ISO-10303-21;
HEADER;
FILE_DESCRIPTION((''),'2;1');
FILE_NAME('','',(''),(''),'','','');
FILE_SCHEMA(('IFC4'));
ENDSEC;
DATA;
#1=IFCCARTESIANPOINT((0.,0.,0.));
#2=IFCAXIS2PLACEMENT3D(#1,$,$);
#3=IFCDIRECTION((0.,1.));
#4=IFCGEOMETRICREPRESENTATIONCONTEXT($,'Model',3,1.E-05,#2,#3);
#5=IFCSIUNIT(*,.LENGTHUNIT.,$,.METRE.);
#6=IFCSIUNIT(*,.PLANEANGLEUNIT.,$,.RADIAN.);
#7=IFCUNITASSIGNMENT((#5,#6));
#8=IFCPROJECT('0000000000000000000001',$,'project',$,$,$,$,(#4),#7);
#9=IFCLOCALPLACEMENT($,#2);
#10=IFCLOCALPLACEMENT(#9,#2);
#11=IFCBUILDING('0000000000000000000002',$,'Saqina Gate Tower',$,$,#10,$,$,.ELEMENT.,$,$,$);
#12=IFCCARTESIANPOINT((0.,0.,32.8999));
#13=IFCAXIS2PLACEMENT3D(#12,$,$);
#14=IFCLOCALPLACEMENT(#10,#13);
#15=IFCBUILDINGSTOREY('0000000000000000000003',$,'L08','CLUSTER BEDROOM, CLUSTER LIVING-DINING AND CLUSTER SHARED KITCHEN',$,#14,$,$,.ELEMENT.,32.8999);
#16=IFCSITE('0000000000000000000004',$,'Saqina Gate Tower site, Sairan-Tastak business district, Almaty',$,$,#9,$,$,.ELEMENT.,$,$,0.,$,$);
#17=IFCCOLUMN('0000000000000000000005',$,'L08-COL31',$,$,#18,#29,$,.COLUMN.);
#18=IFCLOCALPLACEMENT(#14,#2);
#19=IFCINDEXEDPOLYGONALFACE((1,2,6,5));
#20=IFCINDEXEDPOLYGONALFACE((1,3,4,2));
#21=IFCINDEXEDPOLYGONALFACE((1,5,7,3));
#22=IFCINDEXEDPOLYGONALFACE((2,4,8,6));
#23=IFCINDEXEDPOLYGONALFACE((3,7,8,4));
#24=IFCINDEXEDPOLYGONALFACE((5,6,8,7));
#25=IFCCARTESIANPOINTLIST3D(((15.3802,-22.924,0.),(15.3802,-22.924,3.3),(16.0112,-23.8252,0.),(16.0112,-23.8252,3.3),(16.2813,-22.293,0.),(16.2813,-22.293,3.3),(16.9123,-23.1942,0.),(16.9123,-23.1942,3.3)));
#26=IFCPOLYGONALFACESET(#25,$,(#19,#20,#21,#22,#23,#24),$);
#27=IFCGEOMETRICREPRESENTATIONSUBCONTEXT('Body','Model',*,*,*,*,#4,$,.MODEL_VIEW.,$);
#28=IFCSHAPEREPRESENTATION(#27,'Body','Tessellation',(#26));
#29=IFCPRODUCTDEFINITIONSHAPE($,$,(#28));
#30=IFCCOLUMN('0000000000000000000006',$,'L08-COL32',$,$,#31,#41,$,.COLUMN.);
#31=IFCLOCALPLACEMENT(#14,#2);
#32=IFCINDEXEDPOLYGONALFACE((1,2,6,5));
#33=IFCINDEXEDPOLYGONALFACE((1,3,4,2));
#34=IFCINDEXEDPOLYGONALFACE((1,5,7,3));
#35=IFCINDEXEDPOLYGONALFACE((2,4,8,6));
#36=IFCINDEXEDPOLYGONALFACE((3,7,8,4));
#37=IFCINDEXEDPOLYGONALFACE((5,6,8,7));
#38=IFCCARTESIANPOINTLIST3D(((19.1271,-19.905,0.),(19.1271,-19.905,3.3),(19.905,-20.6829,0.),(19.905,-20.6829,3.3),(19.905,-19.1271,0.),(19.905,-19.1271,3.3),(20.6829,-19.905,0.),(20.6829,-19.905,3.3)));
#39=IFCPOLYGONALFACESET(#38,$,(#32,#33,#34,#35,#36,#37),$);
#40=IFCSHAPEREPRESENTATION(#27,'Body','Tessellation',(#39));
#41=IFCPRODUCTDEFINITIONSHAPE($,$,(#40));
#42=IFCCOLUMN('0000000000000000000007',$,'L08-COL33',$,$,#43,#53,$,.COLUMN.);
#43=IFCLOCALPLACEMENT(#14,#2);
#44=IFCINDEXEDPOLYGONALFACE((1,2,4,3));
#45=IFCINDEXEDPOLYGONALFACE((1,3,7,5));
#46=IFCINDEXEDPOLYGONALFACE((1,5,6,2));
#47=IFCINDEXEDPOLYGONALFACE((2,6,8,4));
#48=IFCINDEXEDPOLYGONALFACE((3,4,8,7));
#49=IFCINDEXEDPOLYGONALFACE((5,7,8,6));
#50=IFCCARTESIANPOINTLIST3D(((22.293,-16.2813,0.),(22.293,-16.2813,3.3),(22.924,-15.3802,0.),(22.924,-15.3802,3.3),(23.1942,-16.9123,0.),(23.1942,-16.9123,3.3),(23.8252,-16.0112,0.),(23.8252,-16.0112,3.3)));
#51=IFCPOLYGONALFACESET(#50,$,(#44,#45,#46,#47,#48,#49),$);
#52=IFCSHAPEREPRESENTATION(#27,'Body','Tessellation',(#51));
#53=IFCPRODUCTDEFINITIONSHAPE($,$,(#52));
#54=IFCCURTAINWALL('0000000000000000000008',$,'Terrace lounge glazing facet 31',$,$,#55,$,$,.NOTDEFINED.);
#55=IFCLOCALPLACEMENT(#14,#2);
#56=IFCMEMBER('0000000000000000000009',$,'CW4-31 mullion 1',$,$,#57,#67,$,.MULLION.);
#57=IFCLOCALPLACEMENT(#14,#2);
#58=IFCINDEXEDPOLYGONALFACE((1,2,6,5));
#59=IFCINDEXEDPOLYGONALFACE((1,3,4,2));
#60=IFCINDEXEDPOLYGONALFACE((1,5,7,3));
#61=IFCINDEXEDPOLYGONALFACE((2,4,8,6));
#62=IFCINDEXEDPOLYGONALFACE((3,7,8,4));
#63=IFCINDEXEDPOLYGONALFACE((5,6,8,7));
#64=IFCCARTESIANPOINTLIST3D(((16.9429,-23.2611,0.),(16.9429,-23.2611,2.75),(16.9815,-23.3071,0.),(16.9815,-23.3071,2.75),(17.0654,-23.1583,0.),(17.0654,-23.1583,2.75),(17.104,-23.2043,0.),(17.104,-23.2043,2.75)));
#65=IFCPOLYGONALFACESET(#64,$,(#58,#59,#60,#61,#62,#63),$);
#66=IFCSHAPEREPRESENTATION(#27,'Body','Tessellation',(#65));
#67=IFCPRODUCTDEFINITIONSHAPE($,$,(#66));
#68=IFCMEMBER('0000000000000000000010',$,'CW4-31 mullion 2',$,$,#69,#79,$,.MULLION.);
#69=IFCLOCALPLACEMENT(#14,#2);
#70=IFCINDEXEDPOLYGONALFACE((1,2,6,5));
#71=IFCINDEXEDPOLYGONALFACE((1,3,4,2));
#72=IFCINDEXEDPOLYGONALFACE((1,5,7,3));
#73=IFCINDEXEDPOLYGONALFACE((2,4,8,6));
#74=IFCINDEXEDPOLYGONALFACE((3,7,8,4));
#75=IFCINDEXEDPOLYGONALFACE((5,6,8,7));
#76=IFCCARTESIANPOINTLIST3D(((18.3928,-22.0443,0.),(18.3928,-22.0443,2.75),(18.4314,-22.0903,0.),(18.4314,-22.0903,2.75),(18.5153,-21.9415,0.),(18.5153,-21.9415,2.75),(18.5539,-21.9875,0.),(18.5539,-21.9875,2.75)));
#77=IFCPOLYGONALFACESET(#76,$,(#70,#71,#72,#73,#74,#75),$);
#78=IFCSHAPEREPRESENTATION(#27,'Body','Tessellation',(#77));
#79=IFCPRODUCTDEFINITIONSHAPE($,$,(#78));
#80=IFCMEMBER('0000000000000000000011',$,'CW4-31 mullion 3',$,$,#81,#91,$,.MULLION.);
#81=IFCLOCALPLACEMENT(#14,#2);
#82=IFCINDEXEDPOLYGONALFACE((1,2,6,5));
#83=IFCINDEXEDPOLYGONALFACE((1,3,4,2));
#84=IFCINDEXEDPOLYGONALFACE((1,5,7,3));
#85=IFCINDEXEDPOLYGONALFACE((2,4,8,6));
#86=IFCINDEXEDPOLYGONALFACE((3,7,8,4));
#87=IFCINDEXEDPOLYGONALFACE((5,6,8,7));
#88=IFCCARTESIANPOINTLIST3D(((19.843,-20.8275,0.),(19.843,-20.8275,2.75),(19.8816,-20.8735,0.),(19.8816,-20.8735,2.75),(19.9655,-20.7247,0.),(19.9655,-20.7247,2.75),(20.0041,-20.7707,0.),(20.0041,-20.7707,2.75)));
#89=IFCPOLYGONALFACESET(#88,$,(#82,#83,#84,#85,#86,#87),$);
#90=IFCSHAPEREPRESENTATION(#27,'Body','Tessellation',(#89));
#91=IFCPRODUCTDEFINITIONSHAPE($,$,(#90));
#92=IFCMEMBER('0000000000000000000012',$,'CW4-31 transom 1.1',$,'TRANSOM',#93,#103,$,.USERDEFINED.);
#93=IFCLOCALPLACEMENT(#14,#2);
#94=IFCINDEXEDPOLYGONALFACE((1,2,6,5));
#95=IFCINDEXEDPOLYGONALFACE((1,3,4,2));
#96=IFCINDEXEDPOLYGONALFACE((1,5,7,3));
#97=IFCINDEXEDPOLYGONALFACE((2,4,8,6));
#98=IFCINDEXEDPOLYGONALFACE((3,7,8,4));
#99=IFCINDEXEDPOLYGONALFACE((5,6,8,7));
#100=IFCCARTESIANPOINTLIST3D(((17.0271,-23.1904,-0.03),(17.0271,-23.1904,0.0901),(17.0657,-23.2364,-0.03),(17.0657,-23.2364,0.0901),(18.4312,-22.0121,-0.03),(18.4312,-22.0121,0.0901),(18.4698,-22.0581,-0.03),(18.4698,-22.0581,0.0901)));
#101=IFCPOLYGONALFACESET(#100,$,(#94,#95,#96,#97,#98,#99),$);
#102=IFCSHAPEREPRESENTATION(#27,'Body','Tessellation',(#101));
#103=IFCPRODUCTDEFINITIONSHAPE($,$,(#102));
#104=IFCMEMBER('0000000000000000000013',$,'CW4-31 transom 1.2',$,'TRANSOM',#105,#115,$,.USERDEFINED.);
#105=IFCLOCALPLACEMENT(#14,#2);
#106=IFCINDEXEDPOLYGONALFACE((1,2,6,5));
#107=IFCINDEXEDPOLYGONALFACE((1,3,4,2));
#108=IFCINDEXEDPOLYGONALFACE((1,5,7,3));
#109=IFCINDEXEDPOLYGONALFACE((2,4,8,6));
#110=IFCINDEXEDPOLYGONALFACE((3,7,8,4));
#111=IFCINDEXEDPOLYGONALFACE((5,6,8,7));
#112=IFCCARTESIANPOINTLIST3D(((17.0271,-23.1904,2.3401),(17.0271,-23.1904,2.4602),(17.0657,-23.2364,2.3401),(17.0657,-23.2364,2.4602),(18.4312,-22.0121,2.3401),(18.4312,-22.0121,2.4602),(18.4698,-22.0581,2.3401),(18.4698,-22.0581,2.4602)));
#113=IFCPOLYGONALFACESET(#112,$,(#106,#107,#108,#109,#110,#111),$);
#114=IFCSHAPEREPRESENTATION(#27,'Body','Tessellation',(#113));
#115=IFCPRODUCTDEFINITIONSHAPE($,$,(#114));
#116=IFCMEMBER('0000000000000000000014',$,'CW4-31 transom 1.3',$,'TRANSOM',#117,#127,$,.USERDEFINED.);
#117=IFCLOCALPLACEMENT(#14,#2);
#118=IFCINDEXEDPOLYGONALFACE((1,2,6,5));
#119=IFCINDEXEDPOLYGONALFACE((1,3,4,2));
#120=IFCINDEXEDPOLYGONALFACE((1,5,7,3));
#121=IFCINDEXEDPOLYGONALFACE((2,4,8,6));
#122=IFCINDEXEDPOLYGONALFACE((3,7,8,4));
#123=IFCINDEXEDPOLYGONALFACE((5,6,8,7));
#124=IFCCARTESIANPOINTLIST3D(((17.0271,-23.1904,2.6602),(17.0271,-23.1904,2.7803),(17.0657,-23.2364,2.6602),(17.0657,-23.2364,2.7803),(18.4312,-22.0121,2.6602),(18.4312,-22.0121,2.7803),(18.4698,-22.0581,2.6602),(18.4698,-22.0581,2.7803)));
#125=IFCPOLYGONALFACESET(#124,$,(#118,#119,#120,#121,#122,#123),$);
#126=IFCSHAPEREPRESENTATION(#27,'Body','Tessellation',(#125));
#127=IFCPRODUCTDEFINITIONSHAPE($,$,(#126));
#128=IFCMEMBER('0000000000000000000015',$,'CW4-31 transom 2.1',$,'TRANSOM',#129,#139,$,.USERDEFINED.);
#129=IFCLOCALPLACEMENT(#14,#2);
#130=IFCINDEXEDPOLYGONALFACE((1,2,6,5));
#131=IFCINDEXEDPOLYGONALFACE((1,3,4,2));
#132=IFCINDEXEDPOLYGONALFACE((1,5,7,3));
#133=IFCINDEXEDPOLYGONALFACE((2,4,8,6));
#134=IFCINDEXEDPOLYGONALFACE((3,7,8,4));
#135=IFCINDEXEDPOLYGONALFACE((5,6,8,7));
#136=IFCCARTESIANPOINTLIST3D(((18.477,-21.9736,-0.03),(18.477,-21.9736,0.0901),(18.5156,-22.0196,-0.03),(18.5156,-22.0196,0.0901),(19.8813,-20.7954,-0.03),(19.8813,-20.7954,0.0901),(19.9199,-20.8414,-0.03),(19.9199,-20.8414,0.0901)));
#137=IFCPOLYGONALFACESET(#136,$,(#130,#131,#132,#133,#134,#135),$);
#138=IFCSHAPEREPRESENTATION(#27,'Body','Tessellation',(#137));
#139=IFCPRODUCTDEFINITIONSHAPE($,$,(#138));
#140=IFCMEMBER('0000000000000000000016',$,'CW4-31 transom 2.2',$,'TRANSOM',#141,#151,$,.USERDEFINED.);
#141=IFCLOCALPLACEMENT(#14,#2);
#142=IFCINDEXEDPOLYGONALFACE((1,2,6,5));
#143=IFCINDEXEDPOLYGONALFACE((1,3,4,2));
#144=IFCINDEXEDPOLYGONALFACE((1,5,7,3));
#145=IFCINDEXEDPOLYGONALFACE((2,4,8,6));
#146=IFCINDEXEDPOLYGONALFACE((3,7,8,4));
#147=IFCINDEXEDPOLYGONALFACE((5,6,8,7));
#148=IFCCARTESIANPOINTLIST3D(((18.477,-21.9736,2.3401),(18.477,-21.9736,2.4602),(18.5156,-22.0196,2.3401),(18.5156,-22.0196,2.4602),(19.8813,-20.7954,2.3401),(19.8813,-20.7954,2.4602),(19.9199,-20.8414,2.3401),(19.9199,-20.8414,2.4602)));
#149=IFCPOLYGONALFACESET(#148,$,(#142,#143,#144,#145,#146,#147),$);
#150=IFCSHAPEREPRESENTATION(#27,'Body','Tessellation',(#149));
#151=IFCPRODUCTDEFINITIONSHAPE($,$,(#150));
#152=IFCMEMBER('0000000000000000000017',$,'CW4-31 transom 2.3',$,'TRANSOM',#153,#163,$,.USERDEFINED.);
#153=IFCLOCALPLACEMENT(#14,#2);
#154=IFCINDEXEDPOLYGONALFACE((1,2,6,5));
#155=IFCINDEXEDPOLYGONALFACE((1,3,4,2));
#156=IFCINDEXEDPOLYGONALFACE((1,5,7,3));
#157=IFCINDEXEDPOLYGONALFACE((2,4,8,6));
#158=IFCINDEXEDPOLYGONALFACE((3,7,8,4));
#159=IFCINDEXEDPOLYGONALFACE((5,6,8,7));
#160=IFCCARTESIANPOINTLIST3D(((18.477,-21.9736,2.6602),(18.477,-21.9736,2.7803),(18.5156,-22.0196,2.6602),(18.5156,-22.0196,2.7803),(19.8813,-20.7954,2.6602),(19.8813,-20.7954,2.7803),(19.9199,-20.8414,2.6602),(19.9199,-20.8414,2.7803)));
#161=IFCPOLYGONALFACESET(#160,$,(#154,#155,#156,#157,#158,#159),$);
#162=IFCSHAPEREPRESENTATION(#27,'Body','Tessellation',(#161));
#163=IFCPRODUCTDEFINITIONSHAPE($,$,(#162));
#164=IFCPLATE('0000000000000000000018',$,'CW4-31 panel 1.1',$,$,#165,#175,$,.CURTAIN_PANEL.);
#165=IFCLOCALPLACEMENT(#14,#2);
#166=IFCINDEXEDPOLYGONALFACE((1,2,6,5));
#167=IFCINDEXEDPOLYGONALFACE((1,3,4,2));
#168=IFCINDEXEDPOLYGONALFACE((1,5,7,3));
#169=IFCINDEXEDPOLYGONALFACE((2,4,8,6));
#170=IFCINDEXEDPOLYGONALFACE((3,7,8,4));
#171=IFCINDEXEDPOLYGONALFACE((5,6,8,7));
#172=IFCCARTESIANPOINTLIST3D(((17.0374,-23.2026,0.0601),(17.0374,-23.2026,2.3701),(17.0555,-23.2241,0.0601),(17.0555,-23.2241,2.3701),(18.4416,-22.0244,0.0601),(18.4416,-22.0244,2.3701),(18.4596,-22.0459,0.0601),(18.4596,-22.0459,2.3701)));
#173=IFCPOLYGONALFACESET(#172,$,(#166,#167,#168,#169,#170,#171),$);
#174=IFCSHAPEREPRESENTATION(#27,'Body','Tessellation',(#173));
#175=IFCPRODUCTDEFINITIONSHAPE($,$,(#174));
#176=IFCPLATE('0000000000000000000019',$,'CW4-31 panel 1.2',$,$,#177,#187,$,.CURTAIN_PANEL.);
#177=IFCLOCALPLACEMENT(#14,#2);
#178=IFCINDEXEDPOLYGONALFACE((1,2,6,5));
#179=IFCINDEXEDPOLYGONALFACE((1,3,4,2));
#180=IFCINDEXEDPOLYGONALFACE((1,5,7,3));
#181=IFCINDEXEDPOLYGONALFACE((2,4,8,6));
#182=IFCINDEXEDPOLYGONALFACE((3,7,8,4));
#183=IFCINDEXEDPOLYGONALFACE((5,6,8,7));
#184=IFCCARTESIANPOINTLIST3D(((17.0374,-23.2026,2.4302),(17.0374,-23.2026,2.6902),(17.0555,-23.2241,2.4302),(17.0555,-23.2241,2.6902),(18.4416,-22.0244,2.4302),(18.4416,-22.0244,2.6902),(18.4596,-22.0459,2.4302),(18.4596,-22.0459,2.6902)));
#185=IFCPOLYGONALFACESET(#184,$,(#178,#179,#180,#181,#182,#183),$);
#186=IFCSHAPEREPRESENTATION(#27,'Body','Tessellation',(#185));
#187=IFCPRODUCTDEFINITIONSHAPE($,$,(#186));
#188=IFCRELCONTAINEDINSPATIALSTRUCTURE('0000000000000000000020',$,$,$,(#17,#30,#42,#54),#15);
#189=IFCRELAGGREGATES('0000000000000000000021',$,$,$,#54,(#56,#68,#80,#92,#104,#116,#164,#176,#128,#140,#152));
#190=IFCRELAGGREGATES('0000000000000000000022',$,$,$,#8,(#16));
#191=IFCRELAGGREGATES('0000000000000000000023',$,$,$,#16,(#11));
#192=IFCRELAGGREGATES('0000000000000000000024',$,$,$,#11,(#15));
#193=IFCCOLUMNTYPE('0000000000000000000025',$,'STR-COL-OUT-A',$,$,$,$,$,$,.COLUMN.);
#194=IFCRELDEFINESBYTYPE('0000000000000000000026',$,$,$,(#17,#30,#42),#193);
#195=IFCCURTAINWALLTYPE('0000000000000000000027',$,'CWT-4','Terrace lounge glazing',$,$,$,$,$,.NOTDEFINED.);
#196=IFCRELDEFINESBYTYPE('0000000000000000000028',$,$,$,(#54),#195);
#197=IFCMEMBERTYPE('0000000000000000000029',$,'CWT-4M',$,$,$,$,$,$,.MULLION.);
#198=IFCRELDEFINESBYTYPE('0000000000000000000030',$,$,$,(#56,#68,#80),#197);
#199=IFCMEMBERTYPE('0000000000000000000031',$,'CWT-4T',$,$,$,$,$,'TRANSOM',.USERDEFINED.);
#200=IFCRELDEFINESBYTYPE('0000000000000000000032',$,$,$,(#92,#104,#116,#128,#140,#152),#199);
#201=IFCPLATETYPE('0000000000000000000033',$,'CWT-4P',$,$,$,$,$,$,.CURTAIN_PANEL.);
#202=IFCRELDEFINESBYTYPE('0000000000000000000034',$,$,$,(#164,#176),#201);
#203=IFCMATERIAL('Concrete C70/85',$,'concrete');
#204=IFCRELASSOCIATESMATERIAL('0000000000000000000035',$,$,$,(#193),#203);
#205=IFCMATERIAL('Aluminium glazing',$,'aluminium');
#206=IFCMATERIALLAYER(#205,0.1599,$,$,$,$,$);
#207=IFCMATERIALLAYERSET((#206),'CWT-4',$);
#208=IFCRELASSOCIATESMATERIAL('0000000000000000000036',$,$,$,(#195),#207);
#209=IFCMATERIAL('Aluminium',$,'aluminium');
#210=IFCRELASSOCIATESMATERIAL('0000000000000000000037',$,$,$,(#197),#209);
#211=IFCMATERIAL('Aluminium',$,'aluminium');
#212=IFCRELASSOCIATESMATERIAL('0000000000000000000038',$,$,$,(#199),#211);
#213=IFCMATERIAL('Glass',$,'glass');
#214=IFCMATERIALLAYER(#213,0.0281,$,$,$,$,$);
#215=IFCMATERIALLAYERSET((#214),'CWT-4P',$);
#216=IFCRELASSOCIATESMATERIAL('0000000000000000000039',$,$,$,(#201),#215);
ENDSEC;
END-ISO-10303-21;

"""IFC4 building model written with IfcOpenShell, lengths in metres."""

from ifc_helpers import new_model, si_unit, direction, frame, origin, origin_2d, place, context, subcontext, project, spatial, rectangle, extrude, material, layer, layer_set, material_profile, profile_set, type_object, element, aggregate, save


model = new_model("IFC4")

# Units and contexts
model_context = context("Model", 3, precision=1e-05, world=origin(), true_north=direction((0.0, 1.0)))
body_context = subcontext(model_context, "Body", "Model", "MODEL_VIEW")
ifc_project = project(units=[si_unit("LENGTHUNIT", "METRE"), si_unit("PLANEANGLEUNIT", "RADIAN")], contexts=[model_context])

# Site, building, storey
site_placement = place(None, origin())
site = spatial("IfcSite", under=ifc_project, at=site_placement, Name="Saqina Gate Tower site, Sairan-Tastak business district, Almaty", CompositionType="ELEMENT", RefElevation=0.0)
building_placement = place(site_placement, origin())
building = spatial("IfcBuilding", under=site, at=building_placement, Name="Saqina Gate Tower", CompositionType="ELEMENT")
storey_placement = place(building_placement, frame((0.0, 0.0, 32.8999)))
storey = spatial("IfcBuildingStorey", under=building, at=storey_placement, Name="L08", Description="CLUSTER BEDROOM, CLUSTER LIVING-DINING AND CLUSTER SHARED KITCHEN", CompositionType="ELEMENT", Elevation=32.8999)

# Columns
ifc_material_1 = material(Name="Concrete C70/85", Category="concrete")
ifc_material_profile_1 = material_profile(ifc_material_1, rectangle(XDim=1.1001, YDim=1.1001, at=origin_2d()), Name="RC 1100x1100")
ifc_profile_set_1 = profile_set([ifc_material_profile_1], Name="Concrete C70/85")
column_type = type_object("IfcColumnType", Name="STR-COL-OUT-A", PredefinedType="COLUMN", material=ifc_profile_set_1)
for number, where, z_axis, x_axis, name in (
    (1, (16.1462, -23.0591, 0.0), (0.0, 0.0, 1.0), (0.573576, -0.819152, 0.0), "L08-COL31"),
    (2, (19.905, -19.905, 0.0), (0.0, 0.0, 1.0), (0.707107, -0.707107, 0.0), "L08-COL32"),
    (3, (23.0591, -16.1462, 0.0), (0.0, 0.0, 1.0), (0.819152, -0.573576, 0.0), "L08-COL33"),
):
    element("IfcColumn", number, at=place(storey_placement, frame(where, z_axis=z_axis, x_axis=x_axis)), inside=storey, type_object=column_type, Name=name, PredefinedType="COLUMN", context=body_context, shape_type="SweptSolid", body=[
        extrude(rectangle(XDim=1.1001, YDim=1.1001, at=origin_2d()), origin(), (0.0, 0.0, 1.0), 3.3),
    ])

# Curtain wall, members, plates
ifc_material_2 = material(Name="Aluminium glazing", Category="aluminium")
ifc_layer_1 = layer(ifc_material_2, 0.1599)
ifc_layer_set_1 = layer_set([ifc_layer_1], Name="CWT-4")
curtain_wall_type = type_object("IfcCurtainWallType", Name="CWT-4", Description="Terrace lounge glazing", PredefinedType="NOTDEFINED", material=ifc_layer_set_1)
curtain_wall_placement = place(storey_placement, origin())
curtain_wall = element("IfcCurtainWall", 4, at=curtain_wall_placement, inside=storey, type_object=curtain_wall_type, Name="Terrace lounge glazing facet 31", PredefinedType="NOTDEFINED")
ifc_material_3 = material(Name="Aluminium", Category="aluminium")
ifc_material_profile_2 = material_profile(ifc_material_3, rectangle(XDim=0.0601, YDim=0.1599, at=origin_2d()), Name="Aluminium 60x160")
ifc_profile_set_2 = profile_set([ifc_material_profile_2], Name="Aluminium")
member_type_1 = type_object("IfcMemberType", Name="CWT-4M", PredefinedType="MULLION", material=ifc_profile_set_2)
member_1_placement = place(storey_placement, frame((17.0234, -23.2327, 0.0), z_axis=(0.0, 0.0, 1.0), x_axis=(-0.642792, 0.766041, 0.0)))
member_1 = element("IfcMember", 5, at=member_1_placement, type_object=member_type_1, Name="CW4-31 mullion 1", PredefinedType="MULLION", context=body_context, shape_type="SweptSolid", body=[
    extrude(rectangle(XDim=0.0601, YDim=0.1599, at=origin_2d()), origin(), (0.0, 0.0, 1.0), 2.75),
])
member_2_placement = place(storey_placement, frame((18.4734, -22.0159, 0.0), z_axis=(0.0, 0.0, 1.0), x_axis=(-0.642792, 0.766041, 0.0)))
member_2 = element("IfcMember", 6, at=member_2_placement, type_object=member_type_1, Name="CW4-31 mullion 2", PredefinedType="MULLION", context=body_context, shape_type="SweptSolid", body=[
    extrude(rectangle(XDim=0.0601, YDim=0.1599, at=origin_2d()), origin(), (0.0, 0.0, 1.0), 2.75),
])
member_3_placement = place(storey_placement, frame((19.9236, -20.7991, 0.0), z_axis=(0.0, 0.0, 1.0), x_axis=(-0.642792, 0.766041, 0.0)))
member_3 = element("IfcMember", 7, at=member_3_placement, type_object=member_type_1, Name="CW4-31 mullion 3", PredefinedType="MULLION", context=body_context, shape_type="SweptSolid", body=[
    extrude(rectangle(XDim=0.0601, YDim=0.1599, at=origin_2d()), origin(), (0.0, 0.0, 1.0), 2.75),
])
ifc_material_4 = material(Name="Aluminium", Category="aluminium")
ifc_material_profile_3 = material_profile(ifc_material_4, rectangle(XDim=0.0601, YDim=0.1201, at=origin_2d()), Name="Aluminium 60x120")
ifc_profile_set_3 = profile_set([ifc_material_profile_3], Name="Aluminium")
member_type_2 = type_object("IfcMemberType", Name="CWT-4T", ElementType="TRANSOM", PredefinedType="USERDEFINED", material=ifc_profile_set_3)
member_4_placement = place(storey_placement, frame((17.0464, -23.2134, 0.03), z_axis=(0.766022, 0.642814, 0.0), x_axis=(-0.642814, 0.766022, 0.0)))
member_4 = element("IfcMember", 8, at=member_4_placement, type_object=member_type_2, Name="CW4-31 transom 1.1", ObjectType="TRANSOM", PredefinedType="USERDEFINED", context=body_context, shape_type="SweptSolid", body=[
    extrude(rectangle(XDim=0.0601, YDim=0.1201, at=origin_2d()), origin(), (0.0, 0.0, 1.0), 1.833),
])
member_5_placement = place(storey_placement, frame((17.0464, -23.2134, 2.4001), z_axis=(0.766022, 0.642814, 0.0), x_axis=(-0.642814, 0.766022, 0.0)))
member_5 = element("IfcMember", 9, at=member_5_placement, type_object=member_type_2, Name="CW4-31 transom 1.2", ObjectType="TRANSOM", PredefinedType="USERDEFINED", context=body_context, shape_type="SweptSolid", body=[
    extrude(rectangle(XDim=0.0601, YDim=0.1201, at=origin_2d()), origin(), (0.0, 0.0, 1.0), 1.833),
])
member_6_placement = place(storey_placement, frame((17.0464, -23.2134, 2.7202), z_axis=(0.766022, 0.642814, 0.0), x_axis=(-0.642814, 0.766022, 0.0)))
member_6 = element("IfcMember", 10, at=member_6_placement, type_object=member_type_2, Name="CW4-31 transom 1.3", ObjectType="TRANSOM", PredefinedType="USERDEFINED", context=body_context, shape_type="SweptSolid", body=[
    extrude(rectangle(XDim=0.0601, YDim=0.1201, at=origin_2d()), origin(), (0.0, 0.0, 1.0), 1.833),
])
member_7_placement = place(storey_placement, frame((18.4963, -21.9966, 0.03), z_axis=(0.766077, 0.642748, 0.0), x_axis=(-0.642748, 0.766077, 0.0)))
member_7 = element("IfcMember", 11, at=member_7_placement, type_object=member_type_2, Name="CW4-31 transom 2.1", ObjectType="TRANSOM", PredefinedType="USERDEFINED", context=body_context, shape_type="SweptSolid", body=[
    extrude(rectangle(XDim=0.0601, YDim=0.1201, at=origin_2d()), origin(), (0.0, 0.0, 1.0), 1.833),
])
member_8_placement = place(storey_placement, frame((18.4963, -21.9966, 2.4001), z_axis=(0.766077, 0.642748, 0.0), x_axis=(-0.642748, 0.766077, 0.0)))
member_8 = element("IfcMember", 12, at=member_8_placement, type_object=member_type_2, Name="CW4-31 transom 2.2", ObjectType="TRANSOM", PredefinedType="USERDEFINED", context=body_context, shape_type="SweptSolid", body=[
    extrude(rectangle(XDim=0.0601, YDim=0.1201, at=origin_2d()), origin(), (0.0, 0.0, 1.0), 1.833),
])
member_9_placement = place(storey_placement, frame((18.4963, -21.9966, 2.7202), z_axis=(0.766077, 0.642748, 0.0), x_axis=(-0.642748, 0.766077, 0.0)))
member_9 = element("IfcMember", 13, at=member_9_placement, type_object=member_type_2, Name="CW4-31 transom 2.3", ObjectType="TRANSOM", PredefinedType="USERDEFINED", context=body_context, shape_type="SweptSolid", body=[
    extrude(rectangle(XDim=0.0601, YDim=0.1201, at=origin_2d()), origin(), (0.0, 0.0, 1.0), 1.833),
])
ifc_material_5 = material(Name="Glass", Category="glass")
ifc_layer_2 = layer(ifc_material_5, 0.0281)
ifc_layer_set_2 = layer_set([ifc_layer_2], Name="CWT-4P")
plate_type = type_object("IfcPlateType", Name="CWT-4P", PredefinedType="CURTAIN_PANEL", material=ifc_layer_set_2)
plate_1_placement = place(storey_placement, frame((17.7485, -22.6243, 0.0601), z_axis=(0.0, 0.0, 1.0), x_axis=(0.766041, 0.642792, 0.0)))
plate_1 = element("IfcPlate", 14, at=plate_1_placement, type_object=plate_type, Name="CW4-31 panel 1.1", PredefinedType="CURTAIN_PANEL", context=body_context, shape_type="SweptSolid", body=[
    extrude(rectangle(XDim=1.833, YDim=0.0281, at=origin_2d()), origin(), (0.0, 0.0, 1.0), 2.3101),
])
plate_2_placement = place(storey_placement, frame((17.7485, -22.6243, 2.4302), z_axis=(0.0, 0.0, 1.0), x_axis=(0.766041, 0.642792, 0.0)))
plate_2 = element("IfcPlate", 15, at=plate_2_placement, type_object=plate_type, Name="CW4-31 panel 1.2", PredefinedType="CURTAIN_PANEL", context=body_context, shape_type="SweptSolid", body=[
    extrude(rectangle(XDim=1.833, YDim=0.0281, at=origin_2d()), origin(), (0.0, 0.0, 1.0), 0.26),
])
aggregate(curtain_wall, [member_1, member_2, member_3, member_4, member_5, member_6, plate_1, plate_2, member_7, member_8, member_9])

save(model, "model.ifc")
